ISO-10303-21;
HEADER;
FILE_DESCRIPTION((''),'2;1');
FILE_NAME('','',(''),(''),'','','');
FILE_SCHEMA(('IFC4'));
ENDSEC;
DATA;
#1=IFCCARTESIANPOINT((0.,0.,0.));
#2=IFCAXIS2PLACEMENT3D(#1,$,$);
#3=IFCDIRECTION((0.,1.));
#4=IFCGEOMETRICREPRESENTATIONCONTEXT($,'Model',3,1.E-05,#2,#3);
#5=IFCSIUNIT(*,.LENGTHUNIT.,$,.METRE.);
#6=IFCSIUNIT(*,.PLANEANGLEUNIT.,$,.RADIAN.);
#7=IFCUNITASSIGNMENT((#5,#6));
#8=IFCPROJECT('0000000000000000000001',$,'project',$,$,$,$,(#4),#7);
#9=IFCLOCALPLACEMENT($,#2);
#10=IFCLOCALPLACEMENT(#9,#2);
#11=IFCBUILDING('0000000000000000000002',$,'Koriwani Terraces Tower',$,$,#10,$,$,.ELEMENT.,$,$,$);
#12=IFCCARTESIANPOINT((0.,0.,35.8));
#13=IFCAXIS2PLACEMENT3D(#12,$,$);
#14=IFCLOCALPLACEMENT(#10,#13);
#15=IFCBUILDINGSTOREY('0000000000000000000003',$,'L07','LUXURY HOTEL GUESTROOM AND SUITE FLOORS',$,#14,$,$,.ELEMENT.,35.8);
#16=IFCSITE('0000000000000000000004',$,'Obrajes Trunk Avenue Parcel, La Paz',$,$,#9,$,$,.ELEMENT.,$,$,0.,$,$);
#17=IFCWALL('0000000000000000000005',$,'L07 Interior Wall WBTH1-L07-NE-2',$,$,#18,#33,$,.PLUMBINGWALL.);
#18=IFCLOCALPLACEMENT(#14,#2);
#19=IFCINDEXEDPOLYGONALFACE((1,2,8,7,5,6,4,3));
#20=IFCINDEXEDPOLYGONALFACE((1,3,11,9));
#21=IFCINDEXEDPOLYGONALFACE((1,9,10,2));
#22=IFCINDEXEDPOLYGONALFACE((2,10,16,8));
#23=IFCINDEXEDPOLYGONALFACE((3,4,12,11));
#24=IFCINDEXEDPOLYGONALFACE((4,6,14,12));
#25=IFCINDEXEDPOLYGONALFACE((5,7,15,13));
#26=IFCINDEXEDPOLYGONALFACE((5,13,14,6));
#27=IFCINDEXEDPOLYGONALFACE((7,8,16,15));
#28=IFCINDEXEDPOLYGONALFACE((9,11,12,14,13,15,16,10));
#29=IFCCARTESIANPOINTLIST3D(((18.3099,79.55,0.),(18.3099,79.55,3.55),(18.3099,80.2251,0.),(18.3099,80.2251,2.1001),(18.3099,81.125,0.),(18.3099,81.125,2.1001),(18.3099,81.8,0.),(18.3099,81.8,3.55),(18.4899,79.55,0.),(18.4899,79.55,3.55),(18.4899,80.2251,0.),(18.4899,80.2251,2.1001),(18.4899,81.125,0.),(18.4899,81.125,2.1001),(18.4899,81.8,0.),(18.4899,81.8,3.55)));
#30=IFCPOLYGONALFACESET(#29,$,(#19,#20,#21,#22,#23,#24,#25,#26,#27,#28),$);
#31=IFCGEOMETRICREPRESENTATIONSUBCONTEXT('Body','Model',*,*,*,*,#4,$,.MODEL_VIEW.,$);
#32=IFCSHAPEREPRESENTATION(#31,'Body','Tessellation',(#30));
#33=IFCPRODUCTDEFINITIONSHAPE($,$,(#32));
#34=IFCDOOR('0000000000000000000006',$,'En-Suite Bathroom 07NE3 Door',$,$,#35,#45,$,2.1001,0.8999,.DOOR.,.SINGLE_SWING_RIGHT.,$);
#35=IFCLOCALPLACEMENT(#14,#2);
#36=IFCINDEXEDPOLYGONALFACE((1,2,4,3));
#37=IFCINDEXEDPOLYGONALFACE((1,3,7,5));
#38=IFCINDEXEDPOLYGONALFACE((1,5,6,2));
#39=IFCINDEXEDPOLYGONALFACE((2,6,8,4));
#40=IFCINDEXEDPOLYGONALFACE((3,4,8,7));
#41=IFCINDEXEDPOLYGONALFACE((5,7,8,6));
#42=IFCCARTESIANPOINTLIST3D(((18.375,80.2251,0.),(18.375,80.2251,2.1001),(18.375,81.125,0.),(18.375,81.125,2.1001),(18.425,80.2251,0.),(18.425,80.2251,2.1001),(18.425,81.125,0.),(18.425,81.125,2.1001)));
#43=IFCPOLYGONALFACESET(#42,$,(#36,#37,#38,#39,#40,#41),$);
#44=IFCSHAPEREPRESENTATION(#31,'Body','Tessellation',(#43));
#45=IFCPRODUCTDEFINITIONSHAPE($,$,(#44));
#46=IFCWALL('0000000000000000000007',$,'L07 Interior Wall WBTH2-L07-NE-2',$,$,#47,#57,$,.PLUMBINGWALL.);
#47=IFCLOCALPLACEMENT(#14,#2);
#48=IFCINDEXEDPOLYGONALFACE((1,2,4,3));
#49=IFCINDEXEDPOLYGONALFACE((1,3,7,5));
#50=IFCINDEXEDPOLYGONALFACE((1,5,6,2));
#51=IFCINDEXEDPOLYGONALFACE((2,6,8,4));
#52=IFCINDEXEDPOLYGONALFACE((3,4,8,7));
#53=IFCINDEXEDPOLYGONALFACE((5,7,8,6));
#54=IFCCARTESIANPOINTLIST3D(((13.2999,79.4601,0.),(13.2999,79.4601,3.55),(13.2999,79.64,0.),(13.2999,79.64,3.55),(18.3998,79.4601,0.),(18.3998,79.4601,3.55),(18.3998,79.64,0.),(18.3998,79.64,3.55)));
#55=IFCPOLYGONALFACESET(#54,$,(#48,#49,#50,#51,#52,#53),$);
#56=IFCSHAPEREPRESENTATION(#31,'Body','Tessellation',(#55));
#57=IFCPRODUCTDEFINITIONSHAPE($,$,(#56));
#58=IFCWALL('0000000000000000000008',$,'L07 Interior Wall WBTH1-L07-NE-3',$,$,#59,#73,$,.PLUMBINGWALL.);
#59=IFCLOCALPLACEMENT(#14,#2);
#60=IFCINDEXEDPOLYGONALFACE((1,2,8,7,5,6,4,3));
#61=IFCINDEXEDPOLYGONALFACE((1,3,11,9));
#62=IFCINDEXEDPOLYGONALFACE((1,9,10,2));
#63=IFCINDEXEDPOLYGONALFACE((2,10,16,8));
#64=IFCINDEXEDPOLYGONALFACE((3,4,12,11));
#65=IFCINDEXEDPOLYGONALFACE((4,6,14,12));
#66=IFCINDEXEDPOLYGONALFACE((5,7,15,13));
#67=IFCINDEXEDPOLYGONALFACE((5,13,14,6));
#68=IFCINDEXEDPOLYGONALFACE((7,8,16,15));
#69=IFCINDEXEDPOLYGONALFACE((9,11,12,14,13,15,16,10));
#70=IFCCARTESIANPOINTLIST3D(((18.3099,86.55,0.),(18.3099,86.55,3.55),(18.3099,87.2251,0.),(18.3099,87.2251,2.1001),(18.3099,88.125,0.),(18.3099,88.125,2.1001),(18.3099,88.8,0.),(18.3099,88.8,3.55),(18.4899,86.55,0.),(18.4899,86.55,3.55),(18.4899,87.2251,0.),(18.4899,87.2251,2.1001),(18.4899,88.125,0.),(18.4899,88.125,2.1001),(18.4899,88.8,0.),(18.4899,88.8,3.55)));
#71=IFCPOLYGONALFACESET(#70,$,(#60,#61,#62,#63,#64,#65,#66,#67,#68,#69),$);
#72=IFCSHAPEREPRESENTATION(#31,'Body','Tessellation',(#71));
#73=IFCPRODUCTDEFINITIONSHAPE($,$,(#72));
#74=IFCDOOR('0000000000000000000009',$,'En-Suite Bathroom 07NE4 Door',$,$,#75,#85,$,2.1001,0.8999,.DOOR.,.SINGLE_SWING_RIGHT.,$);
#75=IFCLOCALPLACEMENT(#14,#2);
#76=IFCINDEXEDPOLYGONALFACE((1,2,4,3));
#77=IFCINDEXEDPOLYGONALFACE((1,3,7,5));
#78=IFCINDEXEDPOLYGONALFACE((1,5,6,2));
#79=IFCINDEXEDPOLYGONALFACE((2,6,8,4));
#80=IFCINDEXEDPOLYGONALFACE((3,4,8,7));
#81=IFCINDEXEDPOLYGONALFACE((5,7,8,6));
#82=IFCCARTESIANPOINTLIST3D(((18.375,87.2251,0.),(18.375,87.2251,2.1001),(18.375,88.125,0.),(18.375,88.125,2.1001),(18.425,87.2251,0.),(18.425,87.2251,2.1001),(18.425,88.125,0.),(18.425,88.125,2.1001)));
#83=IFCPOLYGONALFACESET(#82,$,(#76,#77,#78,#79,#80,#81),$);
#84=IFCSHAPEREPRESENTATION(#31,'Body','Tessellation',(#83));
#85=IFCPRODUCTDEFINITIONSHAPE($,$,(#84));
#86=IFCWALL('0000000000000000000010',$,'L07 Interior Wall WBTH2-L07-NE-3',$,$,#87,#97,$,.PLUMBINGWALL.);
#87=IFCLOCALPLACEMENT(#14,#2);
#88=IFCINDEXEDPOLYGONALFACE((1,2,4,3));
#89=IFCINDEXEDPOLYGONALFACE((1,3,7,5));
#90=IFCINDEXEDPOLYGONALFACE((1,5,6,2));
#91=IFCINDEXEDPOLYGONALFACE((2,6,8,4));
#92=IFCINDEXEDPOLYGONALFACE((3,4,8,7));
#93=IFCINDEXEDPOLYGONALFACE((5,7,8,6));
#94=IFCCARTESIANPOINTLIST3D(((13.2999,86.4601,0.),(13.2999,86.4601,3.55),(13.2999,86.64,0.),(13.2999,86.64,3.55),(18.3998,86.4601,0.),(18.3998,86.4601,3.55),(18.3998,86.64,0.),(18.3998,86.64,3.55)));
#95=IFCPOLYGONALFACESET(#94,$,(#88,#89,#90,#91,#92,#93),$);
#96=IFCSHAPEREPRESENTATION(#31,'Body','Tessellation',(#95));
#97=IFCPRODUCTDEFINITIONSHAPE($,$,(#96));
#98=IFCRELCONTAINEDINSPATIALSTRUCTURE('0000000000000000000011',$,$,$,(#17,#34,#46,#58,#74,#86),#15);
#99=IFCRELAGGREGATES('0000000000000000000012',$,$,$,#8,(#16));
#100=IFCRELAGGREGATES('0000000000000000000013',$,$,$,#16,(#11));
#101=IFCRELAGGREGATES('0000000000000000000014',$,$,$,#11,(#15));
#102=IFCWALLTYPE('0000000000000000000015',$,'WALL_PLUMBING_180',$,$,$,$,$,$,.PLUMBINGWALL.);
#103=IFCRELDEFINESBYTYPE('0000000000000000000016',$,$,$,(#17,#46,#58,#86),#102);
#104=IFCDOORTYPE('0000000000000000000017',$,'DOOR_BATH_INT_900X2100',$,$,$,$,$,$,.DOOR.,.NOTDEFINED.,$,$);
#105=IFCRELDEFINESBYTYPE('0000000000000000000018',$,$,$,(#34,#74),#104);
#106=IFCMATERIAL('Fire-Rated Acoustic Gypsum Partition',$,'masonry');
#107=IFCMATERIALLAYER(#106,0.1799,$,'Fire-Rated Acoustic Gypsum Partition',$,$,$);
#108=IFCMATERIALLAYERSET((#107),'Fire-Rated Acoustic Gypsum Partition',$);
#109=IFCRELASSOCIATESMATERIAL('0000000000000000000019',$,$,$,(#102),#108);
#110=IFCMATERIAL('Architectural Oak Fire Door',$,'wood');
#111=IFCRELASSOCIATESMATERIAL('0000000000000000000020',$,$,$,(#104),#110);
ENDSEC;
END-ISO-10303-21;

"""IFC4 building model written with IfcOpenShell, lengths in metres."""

from ifc_helpers import new_model, si_unit, direction, frame, frame_2d, origin, place, context, subcontext, project, spatial, rectangle, extrude, material, layer, layer_set, type_object, element, fill, save


model = new_model("IFC4")

# Units and contexts
model_context = context("Model", 3, precision=1e-05, world=origin(), true_north=direction((0.0, 1.0)))
body_context = subcontext(model_context, "Body", "Model", "MODEL_VIEW")
ifc_project = project(units=[si_unit("LENGTHUNIT", "METRE"), si_unit("PLANEANGLEUNIT", "RADIAN")], contexts=[model_context])

# Site, building, storey
site_placement = place(None, origin())
site = spatial("IfcSite", under=ifc_project, at=site_placement, Name="Obrajes Trunk Avenue Parcel, La Paz", CompositionType="ELEMENT", RefElevation=0.0)
building_placement = place(site_placement, origin())
building = spatial("IfcBuilding", under=site, at=building_placement, Name="Koriwani Terraces Tower", CompositionType="ELEMENT")
storey_placement = place(building_placement, frame((0.0, 0.0, 35.8)))
storey = spatial("IfcBuildingStorey", under=building, at=storey_placement, Name="L07", Description="LUXURY HOTEL GUESTROOM AND SUITE FLOORS", CompositionType="ELEMENT", Elevation=35.8)

# Shared definitions
ifc_material_1 = material(Name="Fire-Rated Acoustic Gypsum Partition", Category="masonry")
ifc_layer_1 = layer(ifc_material_1, 0.1799, Name="Fire-Rated Acoustic Gypsum Partition")
ifc_layer_set_1 = layer_set([ifc_layer_1], Name="Fire-Rated Acoustic Gypsum Partition")
wall_type_1 = type_object("IfcWallType", Name="WALL_PLUMBING_180", PredefinedType="PLUMBINGWALL", material=ifc_layer_set_1)
ifc_material_2 = material(Name="Architectural Oak Fire Door", Category="wood")
door_type = type_object("IfcDoorType", Name="DOOR_BATH_INT_900X2100", OperationType="NOTDEFINED", PredefinedType="DOOR", material=ifc_material_2)

# Wall, opening, door
wall_1_placement = place(storey_placement, frame((18.3999, 79.55, 0.0), z_axis=(0.0, 0.0, 1.0), x_axis=(0.0, 1.0, 0.0)))
wall_1 = element("IfcWall", 1, at=wall_1_placement, inside=storey, type_object=wall_type_1, Name="L07 Interior Wall WBTH1-L07-NE-2", PredefinedType="PLUMBINGWALL", context=body_context, shape_type="SweptSolid", body=[
    extrude(rectangle(XDim=2.25, YDim=0.1799, at=frame_2d((1.125, 0.0))), origin(), (0.0, 0.0, 1.0), 3.55),
])
opening_1_placement = place(wall_1_placement, frame((0.675, 0.0, 0.0)))
opening_1 = element("IfcOpeningElement", 2, at=opening_1_placement, cuts=wall_1, PredefinedType="OPENING", context=body_context, shape_type="SweptSolid", body=[
    extrude(rectangle(XDim=0.8999, YDim=2.1001, at=frame_2d((0.45, 1.05))), frame((0.0, 0.1001, 0.0), z_axis=(0.0, -1.0, 0.0), x_axis=(1.0, 0.0, 0.0)), (0.0, 0.0, 1.0), 0.2),
])
door_1_placement = place(opening_1_placement, origin())
door_1 = element("IfcDoor", 3, at=door_1_placement, inside=storey, type_object=door_type, Name="En-Suite Bathroom 07NE3 Door", OperationType="SINGLE_SWING_RIGHT", OverallHeight=2.1001, OverallWidth=0.8999, PredefinedType="DOOR", context=body_context, shape_type="SweptSolid", body=[
    extrude(rectangle(XDim=0.8999, YDim=2.1001, at=frame_2d((0.45, 1.05))), frame((0.0, 0.0249, 0.0), z_axis=(0.0, -1.0, 0.0), x_axis=(1.0, 0.0, 0.0)), (0.0, 0.0, 1.0), 0.05),
])
fill(opening_1, door_1)

# Wall
wall_2_placement = place(storey_placement, frame((13.3, 79.55, 0.0), z_axis=(0.0, 0.0, 1.0), x_axis=(1.0, 0.0, 0.0)))
element("IfcWall", 4, at=wall_2_placement, inside=storey, type_object=wall_type_1, Name="L07 Interior Wall WBTH2-L07-NE-2", PredefinedType="PLUMBINGWALL", context=body_context, shape_type="SweptSolid", body=[
    extrude(rectangle(XDim=5.0999, YDim=0.1799, at=frame_2d((2.5498, 0.0))), origin(), (0.0, 0.0, 1.0), 3.55),
])

# Wall, opening, door
wall_3_placement = place(storey_placement, frame((18.3999, 86.55, 0.0), z_axis=(0.0, 0.0, 1.0), x_axis=(0.0, 1.0, 0.0)))
wall_3 = element("IfcWall", 5, at=wall_3_placement, inside=storey, type_object=wall_type_1, Name="L07 Interior Wall WBTH1-L07-NE-3", PredefinedType="PLUMBINGWALL", context=body_context, shape_type="SweptSolid", body=[
    extrude(rectangle(XDim=2.25, YDim=0.1799, at=frame_2d((1.125, 0.0))), origin(), (0.0, 0.0, 1.0), 3.55),
])
opening_2_placement = place(wall_3_placement, frame((0.675, 0.0, 0.0)))
opening_2 = element("IfcOpeningElement", 6, at=opening_2_placement, cuts=wall_3, PredefinedType="OPENING", context=body_context, shape_type="SweptSolid", body=[
    extrude(rectangle(XDim=0.8999, YDim=2.1001, at=frame_2d((0.45, 1.05))), frame((0.0, 0.1001, 0.0), z_axis=(0.0, -1.0, 0.0), x_axis=(1.0, 0.0, 0.0)), (0.0, 0.0, 1.0), 0.2),
])
door_2_placement = place(opening_2_placement, origin())
door_2 = element("IfcDoor", 7, at=door_2_placement, inside=storey, type_object=door_type, Name="En-Suite Bathroom 07NE4 Door", OperationType="SINGLE_SWING_RIGHT", OverallHeight=2.1001, OverallWidth=0.8999, PredefinedType="DOOR", context=body_context, shape_type="SweptSolid", body=[
    extrude(rectangle(XDim=0.8999, YDim=2.1001, at=frame_2d((0.45, 1.05))), frame((0.0, 0.0249, 0.0), z_axis=(0.0, -1.0, 0.0), x_axis=(1.0, 0.0, 0.0)), (0.0, 0.0, 1.0), 0.05),
])
fill(opening_2, door_2)

# Wall
wall_4_placement = place(storey_placement, frame((13.3, 86.55, 0.0), z_axis=(0.0, 0.0, 1.0), x_axis=(1.0, 0.0, 0.0)))
element("IfcWall", 8, at=wall_4_placement, inside=storey, type_object=wall_type_1, Name="L07 Interior Wall WBTH2-L07-NE-3", PredefinedType="PLUMBINGWALL", context=body_context, shape_type="SweptSolid", body=[
    extrude(rectangle(XDim=5.0999, YDim=0.1799, at=frame_2d((2.5498, 0.0))), origin(), (0.0, 0.0, 1.0), 3.55),
])

save(model, "model.ifc")
